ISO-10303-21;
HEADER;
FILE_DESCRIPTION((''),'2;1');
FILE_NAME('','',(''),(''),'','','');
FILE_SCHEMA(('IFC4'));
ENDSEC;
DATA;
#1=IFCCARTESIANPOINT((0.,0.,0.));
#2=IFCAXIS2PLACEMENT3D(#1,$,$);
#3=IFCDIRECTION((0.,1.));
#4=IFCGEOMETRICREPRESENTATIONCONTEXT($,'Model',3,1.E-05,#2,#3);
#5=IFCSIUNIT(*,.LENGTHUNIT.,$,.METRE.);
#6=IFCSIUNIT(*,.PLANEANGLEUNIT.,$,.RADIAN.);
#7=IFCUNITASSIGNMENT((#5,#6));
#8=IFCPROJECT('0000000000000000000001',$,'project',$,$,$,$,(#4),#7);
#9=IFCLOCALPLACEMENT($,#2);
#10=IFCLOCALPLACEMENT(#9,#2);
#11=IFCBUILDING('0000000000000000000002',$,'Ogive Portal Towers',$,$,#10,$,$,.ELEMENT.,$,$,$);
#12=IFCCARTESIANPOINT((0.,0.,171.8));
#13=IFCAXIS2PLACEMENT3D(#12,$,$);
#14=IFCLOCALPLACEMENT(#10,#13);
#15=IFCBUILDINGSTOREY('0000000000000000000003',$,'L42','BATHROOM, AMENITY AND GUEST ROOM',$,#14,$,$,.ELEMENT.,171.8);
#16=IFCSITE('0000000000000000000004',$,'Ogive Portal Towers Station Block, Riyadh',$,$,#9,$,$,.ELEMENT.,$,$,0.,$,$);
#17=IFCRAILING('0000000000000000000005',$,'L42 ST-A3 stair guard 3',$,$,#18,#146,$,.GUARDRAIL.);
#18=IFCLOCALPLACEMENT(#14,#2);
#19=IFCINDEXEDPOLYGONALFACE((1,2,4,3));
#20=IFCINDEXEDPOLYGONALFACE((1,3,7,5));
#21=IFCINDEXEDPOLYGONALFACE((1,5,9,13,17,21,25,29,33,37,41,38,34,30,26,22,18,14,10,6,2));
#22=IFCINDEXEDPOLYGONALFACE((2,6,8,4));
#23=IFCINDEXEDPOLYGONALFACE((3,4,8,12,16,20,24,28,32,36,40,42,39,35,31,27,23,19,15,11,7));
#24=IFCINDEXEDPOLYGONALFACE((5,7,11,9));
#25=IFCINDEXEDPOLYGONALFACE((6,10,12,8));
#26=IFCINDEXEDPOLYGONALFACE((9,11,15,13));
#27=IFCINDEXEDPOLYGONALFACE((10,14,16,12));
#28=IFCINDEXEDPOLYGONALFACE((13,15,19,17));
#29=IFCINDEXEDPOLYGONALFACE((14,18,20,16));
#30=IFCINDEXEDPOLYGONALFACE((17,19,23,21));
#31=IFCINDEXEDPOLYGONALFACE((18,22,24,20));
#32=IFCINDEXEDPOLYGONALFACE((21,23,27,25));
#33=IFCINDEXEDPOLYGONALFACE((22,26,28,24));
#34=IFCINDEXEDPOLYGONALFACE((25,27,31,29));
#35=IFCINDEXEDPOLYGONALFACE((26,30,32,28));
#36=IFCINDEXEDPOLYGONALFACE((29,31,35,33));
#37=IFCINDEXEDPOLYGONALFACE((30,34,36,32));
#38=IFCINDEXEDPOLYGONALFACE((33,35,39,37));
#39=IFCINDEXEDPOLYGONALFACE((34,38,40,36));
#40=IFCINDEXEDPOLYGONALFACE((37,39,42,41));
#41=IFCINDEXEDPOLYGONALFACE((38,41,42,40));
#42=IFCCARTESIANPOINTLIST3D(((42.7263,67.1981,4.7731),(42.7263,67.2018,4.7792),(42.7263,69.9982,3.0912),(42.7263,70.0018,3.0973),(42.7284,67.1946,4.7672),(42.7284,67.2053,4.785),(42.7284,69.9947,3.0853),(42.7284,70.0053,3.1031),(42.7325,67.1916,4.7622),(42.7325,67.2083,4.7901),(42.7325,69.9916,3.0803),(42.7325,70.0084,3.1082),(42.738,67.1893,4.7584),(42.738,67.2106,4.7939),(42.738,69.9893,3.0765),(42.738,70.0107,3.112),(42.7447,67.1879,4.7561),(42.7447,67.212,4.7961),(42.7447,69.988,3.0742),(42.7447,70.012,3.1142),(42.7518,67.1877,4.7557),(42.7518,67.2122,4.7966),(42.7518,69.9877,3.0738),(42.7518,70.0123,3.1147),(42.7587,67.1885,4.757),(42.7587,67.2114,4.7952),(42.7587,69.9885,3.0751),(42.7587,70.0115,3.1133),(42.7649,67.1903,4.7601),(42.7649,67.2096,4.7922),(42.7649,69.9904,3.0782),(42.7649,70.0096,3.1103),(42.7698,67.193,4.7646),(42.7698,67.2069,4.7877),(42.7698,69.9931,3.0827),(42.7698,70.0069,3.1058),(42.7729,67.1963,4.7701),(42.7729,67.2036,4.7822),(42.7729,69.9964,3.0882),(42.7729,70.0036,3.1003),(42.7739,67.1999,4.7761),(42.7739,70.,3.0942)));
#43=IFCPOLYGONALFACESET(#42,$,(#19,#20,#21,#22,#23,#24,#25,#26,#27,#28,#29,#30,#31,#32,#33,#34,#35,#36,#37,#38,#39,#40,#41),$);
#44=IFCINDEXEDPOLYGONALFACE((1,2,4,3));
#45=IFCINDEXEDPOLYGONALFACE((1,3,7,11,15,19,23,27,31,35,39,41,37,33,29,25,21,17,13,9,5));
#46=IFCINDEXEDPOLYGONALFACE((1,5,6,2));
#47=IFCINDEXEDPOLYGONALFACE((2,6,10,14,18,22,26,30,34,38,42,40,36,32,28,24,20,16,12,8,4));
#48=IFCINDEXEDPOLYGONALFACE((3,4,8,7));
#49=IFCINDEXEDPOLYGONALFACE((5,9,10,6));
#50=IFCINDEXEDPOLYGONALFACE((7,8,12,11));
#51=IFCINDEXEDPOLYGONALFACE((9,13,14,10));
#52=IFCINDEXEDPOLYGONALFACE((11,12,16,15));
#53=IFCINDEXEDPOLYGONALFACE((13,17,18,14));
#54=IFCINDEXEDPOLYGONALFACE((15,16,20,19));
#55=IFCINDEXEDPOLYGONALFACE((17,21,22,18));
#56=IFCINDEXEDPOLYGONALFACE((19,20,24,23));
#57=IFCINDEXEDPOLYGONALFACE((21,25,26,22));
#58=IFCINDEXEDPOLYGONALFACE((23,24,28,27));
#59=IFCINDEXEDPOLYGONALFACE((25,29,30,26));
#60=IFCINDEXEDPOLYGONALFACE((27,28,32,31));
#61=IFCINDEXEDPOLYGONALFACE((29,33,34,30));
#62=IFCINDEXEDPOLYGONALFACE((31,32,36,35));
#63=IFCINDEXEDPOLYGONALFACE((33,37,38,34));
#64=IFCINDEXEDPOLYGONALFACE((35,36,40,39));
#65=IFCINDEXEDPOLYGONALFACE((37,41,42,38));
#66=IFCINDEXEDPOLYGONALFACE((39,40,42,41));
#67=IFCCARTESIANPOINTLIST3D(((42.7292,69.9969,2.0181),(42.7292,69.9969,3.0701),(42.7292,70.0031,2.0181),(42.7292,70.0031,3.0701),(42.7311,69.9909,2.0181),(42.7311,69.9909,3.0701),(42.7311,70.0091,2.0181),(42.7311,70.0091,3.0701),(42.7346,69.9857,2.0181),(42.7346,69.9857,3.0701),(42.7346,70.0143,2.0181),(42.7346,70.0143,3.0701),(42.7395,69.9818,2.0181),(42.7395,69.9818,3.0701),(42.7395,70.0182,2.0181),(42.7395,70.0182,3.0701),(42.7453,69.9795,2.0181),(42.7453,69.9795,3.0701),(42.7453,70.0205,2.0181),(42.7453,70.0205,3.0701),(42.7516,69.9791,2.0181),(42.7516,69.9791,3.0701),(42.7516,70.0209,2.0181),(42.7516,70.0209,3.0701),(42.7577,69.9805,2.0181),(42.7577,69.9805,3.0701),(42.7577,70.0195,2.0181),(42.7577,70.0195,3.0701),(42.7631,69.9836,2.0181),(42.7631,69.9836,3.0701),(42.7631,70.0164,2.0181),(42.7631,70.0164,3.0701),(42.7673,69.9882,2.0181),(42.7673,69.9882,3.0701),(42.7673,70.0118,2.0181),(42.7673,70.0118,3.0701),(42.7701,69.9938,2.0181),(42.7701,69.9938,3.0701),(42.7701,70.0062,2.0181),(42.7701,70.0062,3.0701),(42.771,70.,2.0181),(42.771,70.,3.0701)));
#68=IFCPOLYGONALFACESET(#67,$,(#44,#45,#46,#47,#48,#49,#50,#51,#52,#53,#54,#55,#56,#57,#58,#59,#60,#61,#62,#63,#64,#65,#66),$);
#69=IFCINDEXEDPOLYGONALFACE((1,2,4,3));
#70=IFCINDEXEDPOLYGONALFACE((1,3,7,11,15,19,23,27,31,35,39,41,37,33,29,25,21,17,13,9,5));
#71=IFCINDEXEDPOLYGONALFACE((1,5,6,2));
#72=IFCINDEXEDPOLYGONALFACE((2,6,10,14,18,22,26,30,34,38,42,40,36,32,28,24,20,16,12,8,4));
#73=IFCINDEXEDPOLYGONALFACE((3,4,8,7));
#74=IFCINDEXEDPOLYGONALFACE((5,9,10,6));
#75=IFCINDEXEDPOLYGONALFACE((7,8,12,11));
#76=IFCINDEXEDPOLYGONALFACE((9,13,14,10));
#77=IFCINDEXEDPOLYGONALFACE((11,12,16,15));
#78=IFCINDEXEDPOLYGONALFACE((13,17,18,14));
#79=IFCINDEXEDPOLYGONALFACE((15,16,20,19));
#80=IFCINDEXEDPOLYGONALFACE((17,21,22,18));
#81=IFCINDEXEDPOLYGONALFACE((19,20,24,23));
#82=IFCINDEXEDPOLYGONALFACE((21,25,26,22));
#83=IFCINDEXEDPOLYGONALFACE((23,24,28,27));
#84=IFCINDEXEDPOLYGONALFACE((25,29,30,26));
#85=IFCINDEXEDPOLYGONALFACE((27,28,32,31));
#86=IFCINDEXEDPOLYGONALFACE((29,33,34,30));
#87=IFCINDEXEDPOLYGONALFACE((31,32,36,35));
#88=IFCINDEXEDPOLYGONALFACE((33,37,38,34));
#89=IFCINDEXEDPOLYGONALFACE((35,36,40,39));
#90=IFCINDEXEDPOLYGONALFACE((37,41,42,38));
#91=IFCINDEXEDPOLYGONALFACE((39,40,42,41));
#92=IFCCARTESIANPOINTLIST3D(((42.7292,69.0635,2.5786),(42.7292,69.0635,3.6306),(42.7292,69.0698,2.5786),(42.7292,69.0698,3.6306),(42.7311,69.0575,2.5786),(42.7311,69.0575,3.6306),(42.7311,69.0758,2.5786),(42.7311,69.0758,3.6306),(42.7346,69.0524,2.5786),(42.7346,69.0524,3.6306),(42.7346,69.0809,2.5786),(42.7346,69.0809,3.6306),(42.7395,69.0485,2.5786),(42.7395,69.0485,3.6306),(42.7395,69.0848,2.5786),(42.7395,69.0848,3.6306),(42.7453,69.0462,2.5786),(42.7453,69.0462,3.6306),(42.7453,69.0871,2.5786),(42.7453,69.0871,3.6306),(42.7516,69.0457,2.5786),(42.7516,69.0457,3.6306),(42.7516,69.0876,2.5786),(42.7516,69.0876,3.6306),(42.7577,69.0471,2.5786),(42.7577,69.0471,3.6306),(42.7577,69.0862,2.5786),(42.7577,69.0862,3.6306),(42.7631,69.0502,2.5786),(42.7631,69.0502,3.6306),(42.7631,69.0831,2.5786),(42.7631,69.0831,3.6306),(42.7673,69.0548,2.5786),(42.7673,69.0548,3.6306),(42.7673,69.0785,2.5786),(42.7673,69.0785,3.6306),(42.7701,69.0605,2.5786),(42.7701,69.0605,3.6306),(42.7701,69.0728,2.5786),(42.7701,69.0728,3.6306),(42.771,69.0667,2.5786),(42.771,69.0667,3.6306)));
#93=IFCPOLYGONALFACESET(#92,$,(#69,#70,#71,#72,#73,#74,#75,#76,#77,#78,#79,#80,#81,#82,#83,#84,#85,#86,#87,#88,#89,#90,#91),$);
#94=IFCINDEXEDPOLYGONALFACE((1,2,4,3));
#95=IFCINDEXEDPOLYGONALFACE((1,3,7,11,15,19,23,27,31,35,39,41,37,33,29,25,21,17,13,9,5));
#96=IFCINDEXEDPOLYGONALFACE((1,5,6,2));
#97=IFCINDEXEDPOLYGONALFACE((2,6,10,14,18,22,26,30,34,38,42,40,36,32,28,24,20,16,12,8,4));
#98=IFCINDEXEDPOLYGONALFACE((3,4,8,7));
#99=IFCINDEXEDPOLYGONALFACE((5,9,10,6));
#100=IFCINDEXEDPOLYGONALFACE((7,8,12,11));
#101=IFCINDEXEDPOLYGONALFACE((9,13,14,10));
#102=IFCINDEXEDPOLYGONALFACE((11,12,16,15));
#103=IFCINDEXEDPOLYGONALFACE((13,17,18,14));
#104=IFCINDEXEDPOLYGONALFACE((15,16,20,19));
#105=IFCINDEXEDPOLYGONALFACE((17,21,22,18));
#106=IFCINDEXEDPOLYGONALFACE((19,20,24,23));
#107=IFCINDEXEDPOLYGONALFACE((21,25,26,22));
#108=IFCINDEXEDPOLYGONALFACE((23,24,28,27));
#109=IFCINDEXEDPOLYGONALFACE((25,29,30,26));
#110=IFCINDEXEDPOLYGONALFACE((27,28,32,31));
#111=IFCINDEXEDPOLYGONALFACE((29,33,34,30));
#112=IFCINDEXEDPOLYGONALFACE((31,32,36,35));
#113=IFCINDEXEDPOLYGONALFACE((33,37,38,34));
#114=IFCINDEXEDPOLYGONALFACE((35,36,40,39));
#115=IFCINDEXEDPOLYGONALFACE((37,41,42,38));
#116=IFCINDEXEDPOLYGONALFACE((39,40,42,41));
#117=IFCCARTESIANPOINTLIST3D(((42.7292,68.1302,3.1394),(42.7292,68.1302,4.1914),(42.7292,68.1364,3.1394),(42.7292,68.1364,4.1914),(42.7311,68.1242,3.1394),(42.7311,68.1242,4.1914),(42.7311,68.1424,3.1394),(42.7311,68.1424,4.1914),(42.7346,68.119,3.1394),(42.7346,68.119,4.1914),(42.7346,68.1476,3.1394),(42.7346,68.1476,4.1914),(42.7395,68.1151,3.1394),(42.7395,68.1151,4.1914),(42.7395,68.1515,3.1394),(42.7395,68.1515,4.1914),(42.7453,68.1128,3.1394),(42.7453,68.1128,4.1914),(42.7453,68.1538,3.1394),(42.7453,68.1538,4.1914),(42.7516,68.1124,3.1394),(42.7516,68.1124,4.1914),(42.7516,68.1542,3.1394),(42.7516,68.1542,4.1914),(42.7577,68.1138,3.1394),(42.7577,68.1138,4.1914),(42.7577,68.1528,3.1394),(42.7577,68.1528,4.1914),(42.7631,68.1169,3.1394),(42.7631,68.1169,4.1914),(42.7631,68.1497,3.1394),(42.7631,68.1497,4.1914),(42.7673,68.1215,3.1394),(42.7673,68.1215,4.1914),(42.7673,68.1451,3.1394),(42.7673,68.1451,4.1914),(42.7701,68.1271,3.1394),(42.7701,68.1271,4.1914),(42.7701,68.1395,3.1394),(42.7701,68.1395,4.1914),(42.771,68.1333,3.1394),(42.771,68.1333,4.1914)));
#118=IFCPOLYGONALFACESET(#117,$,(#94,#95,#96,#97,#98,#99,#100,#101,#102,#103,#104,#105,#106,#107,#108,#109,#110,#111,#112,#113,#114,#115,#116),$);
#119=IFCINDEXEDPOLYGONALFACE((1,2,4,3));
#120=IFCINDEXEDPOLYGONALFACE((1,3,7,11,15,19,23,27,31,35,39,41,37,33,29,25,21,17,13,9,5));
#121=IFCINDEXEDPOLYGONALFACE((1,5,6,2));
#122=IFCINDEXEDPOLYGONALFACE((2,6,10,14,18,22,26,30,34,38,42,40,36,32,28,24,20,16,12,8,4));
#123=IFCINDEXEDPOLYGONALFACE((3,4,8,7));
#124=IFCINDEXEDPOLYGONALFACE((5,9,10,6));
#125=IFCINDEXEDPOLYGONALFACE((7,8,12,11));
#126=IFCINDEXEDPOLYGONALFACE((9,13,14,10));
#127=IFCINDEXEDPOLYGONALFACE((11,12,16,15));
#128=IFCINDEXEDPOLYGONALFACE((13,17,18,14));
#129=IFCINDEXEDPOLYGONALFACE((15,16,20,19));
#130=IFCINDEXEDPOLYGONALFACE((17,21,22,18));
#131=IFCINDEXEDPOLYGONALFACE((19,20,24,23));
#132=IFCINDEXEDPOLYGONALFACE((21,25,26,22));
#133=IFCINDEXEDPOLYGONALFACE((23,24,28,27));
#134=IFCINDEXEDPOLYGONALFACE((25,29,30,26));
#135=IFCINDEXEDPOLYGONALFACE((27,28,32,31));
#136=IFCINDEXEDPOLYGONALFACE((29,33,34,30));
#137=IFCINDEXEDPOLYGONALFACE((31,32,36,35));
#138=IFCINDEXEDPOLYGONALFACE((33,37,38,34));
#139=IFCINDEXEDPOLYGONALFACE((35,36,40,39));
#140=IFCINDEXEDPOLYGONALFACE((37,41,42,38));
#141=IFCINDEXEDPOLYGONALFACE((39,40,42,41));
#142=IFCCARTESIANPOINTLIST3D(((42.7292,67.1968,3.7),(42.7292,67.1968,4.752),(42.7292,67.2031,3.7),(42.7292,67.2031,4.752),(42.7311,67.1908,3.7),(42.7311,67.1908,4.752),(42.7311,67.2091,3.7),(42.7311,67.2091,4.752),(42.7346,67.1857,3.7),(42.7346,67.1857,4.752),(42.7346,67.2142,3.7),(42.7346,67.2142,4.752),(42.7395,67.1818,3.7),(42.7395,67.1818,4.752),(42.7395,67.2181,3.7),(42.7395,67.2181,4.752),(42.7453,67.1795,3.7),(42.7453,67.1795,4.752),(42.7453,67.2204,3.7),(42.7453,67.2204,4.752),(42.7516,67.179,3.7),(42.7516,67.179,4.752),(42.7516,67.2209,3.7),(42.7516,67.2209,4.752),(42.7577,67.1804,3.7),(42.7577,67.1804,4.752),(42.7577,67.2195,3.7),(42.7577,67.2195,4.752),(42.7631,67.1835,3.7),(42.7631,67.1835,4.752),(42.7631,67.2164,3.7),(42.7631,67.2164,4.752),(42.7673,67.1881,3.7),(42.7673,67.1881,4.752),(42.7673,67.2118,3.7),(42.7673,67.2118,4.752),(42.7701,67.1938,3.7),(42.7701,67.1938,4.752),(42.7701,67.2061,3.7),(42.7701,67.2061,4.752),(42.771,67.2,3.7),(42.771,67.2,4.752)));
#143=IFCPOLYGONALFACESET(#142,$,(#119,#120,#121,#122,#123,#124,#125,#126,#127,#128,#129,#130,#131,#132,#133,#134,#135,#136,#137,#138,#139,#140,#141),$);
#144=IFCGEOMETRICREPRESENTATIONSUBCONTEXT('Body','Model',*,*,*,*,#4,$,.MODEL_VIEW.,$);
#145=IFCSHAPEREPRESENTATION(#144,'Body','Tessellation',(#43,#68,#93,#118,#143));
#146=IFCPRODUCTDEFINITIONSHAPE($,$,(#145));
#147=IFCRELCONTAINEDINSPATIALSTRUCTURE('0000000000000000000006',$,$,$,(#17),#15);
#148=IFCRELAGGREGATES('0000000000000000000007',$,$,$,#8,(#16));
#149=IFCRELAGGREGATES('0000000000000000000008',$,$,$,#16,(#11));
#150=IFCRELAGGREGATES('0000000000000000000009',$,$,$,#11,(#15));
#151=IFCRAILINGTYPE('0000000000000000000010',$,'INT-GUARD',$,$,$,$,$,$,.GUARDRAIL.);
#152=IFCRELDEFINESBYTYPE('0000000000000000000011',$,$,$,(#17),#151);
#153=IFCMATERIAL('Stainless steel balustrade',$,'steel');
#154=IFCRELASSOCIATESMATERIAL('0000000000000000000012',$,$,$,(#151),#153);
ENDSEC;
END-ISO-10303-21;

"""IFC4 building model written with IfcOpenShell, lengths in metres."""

from ifc_helpers import new_model, si_unit, direction, frame, origin, origin_2d, place, context, subcontext, project, spatial, circle, extrude, material, type_object, element, save


model = new_model("IFC4")

# Units and contexts
model_context = context("Model", 3, precision=1e-05, world=origin(), true_north=direction((0.0, 1.0)))
body_context = subcontext(model_context, "Body", "Model", "MODEL_VIEW")
ifc_project = project(units=[si_unit("LENGTHUNIT", "METRE"), si_unit("PLANEANGLEUNIT", "RADIAN")], contexts=[model_context])

# Site, building, storey
site_placement = place(None, origin())
site = spatial("IfcSite", under=ifc_project, at=site_placement, Name="Ogive Portal Towers Station Block, Riyadh", CompositionType="ELEMENT", RefElevation=0.0)
building_placement = place(site_placement, origin())
building = spatial("IfcBuilding", under=site, at=building_placement, Name="Ogive Portal Towers", CompositionType="ELEMENT")
storey_placement = place(building_placement, frame((0.0, 0.0, 171.8)))
storey = spatial("IfcBuildingStorey", under=building, at=storey_placement, Name="L42", Description="BATHROOM, AMENITY AND GUEST ROOM", CompositionType="ELEMENT", Elevation=171.8)

# Railing
ifc_material_1 = material(Name="Stainless steel balustrade", Category="steel")
railing_type_1 = type_object("IfcRailingType", Name="INT-GUARD", PredefinedType="GUARDRAIL", material=ifc_material_1)
railing_1_placement = place(storey_placement, frame((42.75, 70.0, 2.0181)))
element("IfcRailing", 1, at=railing_1_placement, inside=storey, type_object=railing_type_1, Name="L42 ST-A3 stair guard 3", PredefinedType="GUARDRAIL", context=body_context, shape_type="SweptSolid", body=[
    extrude(circle(Radius=0.0239, at=origin_2d()), frame((0.0, 0.0, 1.0762), z_axis=(0.0, -0.857242, 0.514913), x_axis=(1.0, 0.0, 0.0)), (0.0, 0.0, 1.0), 3.2664),
    extrude(circle(Radius=0.021, at=origin_2d()), origin(), (0.0, 0.0, 1.0), 1.052),
    extrude(circle(Radius=0.021, at=origin_2d()), frame((0.0, -0.9333, 0.5605)), (0.0, 0.0, 1.0), 1.052),
    extrude(circle(Radius=0.021, at=origin_2d()), frame((0.0, -1.8667, 1.1213)), (0.0, 0.0, 1.0), 1.052),
    extrude(circle(Radius=0.021, at=origin_2d()), frame((0.0, -2.8, 1.6819)), (0.0, 0.0, 1.0), 1.052),
])

save(model, "model.ifc")
